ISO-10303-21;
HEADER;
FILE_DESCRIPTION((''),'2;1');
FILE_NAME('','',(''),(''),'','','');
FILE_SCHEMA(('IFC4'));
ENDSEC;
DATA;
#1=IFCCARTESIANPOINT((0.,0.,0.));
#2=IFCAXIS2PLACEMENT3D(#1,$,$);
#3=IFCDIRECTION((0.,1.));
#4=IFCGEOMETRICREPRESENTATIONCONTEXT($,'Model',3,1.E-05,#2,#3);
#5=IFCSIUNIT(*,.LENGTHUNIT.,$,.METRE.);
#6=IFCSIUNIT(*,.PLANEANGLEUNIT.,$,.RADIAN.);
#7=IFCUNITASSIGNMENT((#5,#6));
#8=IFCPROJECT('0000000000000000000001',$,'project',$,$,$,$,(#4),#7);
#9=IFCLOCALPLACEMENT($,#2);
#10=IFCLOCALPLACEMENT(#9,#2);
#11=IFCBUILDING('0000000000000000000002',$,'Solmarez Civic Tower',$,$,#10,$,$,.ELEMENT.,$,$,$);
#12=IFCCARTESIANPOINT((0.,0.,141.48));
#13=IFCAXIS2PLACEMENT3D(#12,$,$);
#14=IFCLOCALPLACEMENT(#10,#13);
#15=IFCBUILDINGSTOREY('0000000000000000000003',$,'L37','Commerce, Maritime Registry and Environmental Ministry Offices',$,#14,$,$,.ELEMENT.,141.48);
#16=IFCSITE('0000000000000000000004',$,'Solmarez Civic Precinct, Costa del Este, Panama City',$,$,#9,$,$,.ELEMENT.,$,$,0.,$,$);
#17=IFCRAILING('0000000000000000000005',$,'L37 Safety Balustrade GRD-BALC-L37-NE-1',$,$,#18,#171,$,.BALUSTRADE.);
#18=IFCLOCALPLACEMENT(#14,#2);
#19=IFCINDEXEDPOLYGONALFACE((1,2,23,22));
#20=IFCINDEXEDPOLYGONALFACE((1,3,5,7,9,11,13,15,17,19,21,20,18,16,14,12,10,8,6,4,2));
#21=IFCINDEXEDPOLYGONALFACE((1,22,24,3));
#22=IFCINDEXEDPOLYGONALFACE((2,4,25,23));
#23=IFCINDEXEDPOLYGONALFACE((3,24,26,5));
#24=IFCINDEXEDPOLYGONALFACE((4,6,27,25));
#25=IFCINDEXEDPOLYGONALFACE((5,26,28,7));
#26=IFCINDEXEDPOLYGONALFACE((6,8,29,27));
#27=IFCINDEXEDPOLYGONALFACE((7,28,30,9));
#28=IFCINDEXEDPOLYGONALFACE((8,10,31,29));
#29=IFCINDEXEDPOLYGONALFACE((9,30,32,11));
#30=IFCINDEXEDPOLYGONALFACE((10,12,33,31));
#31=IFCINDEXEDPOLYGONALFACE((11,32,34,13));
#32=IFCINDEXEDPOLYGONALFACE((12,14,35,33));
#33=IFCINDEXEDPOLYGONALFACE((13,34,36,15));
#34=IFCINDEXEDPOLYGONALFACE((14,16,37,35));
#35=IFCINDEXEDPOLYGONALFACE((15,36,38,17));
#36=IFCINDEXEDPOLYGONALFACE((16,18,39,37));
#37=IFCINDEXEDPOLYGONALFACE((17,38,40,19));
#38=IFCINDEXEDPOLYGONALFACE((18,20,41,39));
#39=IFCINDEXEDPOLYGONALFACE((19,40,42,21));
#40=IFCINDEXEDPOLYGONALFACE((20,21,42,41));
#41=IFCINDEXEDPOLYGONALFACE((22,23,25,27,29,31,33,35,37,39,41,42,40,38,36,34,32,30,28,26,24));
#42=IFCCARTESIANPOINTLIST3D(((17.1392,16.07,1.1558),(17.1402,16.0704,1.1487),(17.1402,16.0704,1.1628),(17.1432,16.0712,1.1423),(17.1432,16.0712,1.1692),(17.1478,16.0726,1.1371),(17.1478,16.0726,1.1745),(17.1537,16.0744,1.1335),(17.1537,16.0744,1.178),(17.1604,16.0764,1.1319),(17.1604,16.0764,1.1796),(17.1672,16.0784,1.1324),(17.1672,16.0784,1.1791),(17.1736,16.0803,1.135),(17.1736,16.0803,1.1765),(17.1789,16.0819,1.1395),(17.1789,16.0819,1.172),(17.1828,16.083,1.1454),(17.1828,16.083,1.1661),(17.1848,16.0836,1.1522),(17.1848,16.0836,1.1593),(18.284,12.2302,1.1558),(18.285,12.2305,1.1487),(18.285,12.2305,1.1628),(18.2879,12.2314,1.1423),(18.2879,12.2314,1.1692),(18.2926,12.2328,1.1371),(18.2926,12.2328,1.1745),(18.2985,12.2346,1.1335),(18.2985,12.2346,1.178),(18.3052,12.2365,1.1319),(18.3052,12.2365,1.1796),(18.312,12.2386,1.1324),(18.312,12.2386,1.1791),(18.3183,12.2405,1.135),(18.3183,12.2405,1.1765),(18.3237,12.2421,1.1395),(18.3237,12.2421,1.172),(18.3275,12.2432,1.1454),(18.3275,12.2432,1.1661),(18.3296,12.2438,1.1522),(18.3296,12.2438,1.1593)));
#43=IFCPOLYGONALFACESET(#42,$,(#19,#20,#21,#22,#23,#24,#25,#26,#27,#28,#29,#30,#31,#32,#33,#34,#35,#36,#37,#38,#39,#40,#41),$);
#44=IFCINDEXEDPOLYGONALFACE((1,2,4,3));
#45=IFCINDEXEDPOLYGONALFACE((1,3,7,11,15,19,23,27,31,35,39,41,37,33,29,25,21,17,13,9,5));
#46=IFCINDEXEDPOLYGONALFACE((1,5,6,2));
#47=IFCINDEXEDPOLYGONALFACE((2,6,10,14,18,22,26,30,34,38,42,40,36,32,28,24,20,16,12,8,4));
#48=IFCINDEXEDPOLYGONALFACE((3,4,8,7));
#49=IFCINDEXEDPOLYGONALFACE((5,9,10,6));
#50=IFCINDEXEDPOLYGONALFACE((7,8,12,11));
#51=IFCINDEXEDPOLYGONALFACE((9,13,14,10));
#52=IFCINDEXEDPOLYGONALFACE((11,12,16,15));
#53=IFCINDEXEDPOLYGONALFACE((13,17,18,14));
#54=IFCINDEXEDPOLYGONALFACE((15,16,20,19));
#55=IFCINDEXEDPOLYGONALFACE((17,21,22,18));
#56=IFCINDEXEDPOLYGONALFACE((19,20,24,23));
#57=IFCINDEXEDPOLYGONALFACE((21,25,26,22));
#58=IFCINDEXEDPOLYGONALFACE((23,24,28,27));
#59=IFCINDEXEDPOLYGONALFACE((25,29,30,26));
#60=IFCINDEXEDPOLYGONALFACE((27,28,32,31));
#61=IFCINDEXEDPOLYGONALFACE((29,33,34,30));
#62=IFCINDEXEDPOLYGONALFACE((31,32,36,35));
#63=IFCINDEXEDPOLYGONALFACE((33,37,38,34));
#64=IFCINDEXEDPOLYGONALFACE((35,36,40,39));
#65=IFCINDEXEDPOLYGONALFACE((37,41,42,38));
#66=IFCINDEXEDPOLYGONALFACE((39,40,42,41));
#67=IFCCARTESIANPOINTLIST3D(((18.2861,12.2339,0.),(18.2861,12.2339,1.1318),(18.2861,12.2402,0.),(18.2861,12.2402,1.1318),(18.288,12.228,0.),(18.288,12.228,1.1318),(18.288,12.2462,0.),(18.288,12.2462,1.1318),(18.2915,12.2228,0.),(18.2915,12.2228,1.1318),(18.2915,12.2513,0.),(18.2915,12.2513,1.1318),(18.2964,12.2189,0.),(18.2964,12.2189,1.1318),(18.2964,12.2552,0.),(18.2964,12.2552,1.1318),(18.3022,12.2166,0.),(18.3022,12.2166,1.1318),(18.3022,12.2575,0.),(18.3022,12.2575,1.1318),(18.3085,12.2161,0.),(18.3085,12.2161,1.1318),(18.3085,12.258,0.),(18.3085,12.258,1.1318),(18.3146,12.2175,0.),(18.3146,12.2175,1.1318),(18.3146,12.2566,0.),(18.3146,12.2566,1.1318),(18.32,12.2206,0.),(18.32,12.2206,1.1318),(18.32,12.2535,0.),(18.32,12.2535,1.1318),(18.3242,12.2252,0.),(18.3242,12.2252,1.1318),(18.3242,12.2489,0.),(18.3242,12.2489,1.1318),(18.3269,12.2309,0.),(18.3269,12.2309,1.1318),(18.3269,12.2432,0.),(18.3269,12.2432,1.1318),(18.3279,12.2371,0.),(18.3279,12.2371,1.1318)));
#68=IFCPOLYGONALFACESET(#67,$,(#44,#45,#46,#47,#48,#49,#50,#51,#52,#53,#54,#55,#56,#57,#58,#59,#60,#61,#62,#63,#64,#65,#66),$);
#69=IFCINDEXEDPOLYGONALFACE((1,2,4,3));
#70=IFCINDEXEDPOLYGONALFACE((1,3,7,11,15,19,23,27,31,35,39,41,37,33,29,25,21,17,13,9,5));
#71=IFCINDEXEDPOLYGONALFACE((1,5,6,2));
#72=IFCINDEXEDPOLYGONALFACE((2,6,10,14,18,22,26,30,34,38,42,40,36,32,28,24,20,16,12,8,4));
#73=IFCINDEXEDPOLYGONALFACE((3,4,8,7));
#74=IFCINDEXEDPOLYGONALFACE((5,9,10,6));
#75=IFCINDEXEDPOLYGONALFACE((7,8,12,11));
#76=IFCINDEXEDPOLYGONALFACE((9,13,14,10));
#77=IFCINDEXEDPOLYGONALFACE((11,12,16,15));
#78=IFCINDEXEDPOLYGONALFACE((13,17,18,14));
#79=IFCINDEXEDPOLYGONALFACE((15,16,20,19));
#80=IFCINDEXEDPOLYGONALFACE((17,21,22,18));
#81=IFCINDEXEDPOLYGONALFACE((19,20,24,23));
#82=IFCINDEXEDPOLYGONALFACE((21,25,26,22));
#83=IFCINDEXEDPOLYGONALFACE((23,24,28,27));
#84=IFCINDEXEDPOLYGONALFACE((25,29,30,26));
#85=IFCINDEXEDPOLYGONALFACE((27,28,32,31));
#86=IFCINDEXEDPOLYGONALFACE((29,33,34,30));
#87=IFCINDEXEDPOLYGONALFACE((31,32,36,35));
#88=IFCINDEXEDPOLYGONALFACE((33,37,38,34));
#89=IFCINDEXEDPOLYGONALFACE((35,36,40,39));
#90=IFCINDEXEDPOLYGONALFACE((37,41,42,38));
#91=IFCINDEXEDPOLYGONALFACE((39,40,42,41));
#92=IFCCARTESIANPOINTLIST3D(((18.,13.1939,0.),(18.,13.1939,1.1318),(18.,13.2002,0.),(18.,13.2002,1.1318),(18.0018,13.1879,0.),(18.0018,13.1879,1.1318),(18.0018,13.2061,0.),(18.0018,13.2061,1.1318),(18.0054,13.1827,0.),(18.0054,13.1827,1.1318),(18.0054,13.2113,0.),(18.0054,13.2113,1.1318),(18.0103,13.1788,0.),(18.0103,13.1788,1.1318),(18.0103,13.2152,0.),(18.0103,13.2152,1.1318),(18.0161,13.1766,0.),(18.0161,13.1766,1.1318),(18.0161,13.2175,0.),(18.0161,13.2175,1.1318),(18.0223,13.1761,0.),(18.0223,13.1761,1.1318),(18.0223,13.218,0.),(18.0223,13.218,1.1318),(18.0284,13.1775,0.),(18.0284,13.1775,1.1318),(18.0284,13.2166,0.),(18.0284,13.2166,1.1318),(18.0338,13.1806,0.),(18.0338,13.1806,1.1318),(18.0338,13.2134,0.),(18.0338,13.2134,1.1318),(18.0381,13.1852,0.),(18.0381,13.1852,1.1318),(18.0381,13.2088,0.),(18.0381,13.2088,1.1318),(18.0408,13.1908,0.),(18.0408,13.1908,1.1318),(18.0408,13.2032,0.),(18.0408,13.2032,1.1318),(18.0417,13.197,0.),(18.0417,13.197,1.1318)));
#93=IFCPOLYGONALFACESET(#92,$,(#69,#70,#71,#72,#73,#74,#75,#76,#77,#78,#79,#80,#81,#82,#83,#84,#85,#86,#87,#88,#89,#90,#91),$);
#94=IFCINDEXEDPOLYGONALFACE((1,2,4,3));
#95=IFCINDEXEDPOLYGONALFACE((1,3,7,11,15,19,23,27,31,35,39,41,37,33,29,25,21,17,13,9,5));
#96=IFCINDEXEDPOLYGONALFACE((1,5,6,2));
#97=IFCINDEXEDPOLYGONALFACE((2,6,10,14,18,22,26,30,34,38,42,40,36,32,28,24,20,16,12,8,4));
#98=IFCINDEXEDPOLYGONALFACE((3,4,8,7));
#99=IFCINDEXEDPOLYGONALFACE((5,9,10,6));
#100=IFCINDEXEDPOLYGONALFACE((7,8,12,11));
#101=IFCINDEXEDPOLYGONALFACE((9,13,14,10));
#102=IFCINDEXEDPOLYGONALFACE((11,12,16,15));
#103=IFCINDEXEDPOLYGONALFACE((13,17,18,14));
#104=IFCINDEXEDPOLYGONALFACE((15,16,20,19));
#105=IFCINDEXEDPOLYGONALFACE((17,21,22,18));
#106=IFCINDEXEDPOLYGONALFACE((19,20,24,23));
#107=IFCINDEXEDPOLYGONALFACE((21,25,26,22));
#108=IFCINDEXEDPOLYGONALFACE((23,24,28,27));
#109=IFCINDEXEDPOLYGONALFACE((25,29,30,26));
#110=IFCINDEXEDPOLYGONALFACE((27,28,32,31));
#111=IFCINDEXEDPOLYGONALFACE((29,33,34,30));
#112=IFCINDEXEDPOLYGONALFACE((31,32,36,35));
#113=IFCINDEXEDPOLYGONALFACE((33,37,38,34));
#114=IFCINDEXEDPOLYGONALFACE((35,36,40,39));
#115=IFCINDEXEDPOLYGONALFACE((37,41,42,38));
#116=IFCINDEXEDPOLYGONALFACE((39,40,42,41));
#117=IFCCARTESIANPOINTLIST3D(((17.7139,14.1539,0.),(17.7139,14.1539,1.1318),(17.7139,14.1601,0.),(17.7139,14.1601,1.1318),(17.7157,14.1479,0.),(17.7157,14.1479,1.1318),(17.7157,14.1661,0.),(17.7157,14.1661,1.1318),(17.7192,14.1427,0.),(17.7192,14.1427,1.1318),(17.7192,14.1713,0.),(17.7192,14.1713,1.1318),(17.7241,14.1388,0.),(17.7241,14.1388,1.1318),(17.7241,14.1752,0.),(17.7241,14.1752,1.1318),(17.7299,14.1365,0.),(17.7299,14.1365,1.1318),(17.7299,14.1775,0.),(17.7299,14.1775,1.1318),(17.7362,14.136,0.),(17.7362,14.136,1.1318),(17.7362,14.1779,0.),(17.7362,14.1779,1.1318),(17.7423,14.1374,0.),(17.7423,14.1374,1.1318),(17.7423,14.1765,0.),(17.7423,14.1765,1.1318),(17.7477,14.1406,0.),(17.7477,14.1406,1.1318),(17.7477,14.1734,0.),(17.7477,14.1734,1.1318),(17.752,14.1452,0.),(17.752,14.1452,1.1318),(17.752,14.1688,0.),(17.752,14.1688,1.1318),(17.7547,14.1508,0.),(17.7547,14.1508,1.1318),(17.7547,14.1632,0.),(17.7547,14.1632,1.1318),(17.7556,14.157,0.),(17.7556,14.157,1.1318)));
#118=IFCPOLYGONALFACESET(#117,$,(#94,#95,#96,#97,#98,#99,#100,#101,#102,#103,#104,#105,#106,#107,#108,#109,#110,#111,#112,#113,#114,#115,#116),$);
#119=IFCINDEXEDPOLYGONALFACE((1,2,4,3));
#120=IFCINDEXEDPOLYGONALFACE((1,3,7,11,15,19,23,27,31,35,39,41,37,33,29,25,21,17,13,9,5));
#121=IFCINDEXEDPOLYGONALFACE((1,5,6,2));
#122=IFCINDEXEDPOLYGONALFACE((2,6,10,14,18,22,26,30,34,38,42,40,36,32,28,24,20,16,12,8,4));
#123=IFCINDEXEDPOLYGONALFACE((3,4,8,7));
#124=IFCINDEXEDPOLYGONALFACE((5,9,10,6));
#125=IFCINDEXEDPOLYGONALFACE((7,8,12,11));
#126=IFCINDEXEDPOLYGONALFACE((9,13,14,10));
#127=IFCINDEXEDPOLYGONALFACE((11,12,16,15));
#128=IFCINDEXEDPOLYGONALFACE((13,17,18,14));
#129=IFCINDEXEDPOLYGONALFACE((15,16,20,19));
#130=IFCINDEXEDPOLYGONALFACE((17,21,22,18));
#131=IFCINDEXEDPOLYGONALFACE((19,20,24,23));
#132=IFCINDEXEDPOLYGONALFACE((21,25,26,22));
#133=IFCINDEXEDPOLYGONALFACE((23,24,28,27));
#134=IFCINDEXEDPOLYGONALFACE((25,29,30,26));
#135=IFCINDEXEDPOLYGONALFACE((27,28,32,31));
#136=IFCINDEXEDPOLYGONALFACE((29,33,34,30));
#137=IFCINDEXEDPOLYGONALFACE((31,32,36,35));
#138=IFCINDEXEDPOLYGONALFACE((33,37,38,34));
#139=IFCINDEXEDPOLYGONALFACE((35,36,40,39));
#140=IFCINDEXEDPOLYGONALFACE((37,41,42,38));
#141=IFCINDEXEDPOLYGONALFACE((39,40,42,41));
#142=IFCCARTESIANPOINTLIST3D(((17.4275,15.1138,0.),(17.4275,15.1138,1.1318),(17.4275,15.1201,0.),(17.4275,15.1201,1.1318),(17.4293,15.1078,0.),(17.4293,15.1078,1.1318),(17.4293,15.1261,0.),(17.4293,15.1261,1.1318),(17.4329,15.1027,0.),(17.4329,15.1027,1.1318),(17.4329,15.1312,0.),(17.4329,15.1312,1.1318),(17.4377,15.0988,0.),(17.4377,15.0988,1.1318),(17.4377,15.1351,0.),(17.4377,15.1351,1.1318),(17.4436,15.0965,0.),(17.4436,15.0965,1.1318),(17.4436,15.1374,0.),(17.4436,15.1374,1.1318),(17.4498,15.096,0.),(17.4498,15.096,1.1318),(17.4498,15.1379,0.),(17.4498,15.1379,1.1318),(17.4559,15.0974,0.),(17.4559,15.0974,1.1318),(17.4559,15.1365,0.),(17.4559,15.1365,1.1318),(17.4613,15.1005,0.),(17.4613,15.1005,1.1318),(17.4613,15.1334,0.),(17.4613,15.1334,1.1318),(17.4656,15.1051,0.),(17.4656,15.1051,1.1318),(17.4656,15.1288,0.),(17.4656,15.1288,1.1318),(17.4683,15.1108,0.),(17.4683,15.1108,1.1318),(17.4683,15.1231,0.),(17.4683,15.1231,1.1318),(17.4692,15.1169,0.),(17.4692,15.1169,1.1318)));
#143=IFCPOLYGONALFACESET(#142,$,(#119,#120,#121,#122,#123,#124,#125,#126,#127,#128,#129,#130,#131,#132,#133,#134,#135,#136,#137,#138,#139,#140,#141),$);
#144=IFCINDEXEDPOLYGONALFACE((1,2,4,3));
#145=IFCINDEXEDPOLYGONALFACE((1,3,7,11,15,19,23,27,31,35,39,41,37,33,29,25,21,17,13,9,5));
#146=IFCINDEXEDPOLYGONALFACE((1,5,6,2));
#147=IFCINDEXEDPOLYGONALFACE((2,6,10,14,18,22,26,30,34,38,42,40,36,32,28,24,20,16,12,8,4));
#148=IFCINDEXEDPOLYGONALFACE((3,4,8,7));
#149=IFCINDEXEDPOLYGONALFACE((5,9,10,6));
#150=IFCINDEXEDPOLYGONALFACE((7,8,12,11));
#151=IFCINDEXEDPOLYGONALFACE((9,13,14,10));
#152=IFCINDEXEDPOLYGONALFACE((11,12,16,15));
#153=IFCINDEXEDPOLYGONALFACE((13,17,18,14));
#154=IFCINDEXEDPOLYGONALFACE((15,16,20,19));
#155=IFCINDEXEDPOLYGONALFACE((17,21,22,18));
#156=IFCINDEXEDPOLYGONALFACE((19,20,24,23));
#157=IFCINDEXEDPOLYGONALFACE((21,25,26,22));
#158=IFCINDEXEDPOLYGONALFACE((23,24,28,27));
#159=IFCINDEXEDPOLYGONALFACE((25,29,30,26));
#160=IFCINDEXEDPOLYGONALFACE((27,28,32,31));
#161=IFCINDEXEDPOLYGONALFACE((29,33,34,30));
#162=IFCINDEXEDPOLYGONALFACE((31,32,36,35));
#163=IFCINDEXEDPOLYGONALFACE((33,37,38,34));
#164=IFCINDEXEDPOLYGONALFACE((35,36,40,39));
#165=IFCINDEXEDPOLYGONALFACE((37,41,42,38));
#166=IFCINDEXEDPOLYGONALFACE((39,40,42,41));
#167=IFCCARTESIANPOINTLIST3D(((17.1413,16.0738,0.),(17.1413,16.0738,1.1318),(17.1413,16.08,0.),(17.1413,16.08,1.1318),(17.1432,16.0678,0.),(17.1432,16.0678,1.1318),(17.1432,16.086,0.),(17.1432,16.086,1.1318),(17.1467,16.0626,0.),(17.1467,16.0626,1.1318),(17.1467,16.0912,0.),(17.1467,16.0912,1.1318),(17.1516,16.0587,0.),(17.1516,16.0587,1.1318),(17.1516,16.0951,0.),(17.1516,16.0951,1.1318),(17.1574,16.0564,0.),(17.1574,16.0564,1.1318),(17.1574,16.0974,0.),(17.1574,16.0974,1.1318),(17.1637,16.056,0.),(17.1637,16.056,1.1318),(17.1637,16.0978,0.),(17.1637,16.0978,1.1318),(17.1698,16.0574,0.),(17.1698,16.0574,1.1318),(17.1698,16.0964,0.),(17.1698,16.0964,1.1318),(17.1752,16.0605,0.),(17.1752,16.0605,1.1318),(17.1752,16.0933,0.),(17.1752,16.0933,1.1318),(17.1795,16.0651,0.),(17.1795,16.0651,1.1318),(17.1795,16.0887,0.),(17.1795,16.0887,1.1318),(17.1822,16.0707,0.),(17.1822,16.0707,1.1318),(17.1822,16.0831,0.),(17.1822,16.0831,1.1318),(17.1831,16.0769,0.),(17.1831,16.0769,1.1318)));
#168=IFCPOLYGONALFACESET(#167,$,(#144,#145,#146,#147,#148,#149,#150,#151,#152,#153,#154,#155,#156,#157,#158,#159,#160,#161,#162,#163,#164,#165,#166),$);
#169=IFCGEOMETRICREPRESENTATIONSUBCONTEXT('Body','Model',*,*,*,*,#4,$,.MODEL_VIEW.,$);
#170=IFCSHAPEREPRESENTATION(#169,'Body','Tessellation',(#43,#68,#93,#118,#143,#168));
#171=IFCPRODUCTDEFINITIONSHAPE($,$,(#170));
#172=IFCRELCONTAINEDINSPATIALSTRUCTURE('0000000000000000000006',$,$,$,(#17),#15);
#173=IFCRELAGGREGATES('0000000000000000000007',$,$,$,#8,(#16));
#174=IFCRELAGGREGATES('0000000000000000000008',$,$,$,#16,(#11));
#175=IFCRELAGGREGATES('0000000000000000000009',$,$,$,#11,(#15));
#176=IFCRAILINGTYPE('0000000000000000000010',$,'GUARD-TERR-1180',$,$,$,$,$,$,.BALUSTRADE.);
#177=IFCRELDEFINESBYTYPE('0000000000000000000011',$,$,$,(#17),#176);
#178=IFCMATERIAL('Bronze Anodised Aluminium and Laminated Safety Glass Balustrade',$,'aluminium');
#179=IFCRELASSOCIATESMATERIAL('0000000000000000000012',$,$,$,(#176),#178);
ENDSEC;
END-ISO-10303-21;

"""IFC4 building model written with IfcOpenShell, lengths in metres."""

from ifc_helpers import new_model, si_unit, direction, frame, origin, origin_2d, place, context, subcontext, project, spatial, circle, extrude, material, type_object, element, save


model = new_model("IFC4")

# Units and contexts
model_context = context("Model", 3, precision=1e-05, world=origin(), true_north=direction((0.0, 1.0)))
body_context = subcontext(model_context, "Body", "Model", "MODEL_VIEW")
ifc_project = project(units=[si_unit("LENGTHUNIT", "METRE"), si_unit("PLANEANGLEUNIT", "RADIAN")], contexts=[model_context])

# Site, building, storey
site_placement = place(None, origin())
site = spatial("IfcSite", under=ifc_project, at=site_placement, Name="Solmarez Civic Precinct, Costa del Este, Panama City", CompositionType="ELEMENT", RefElevation=0.0)
building_placement = place(site_placement, origin())
building = spatial("IfcBuilding", under=site, at=building_placement, Name="Solmarez Civic Tower", CompositionType="ELEMENT")
storey_placement = place(building_placement, frame((0.0, 0.0, 141.48)))
storey = spatial("IfcBuildingStorey", under=building, at=storey_placement, Name="L37", Description="Commerce, Maritime Registry and Environmental Ministry Offices", CompositionType="ELEMENT", Elevation=141.48)

# Railing
ifc_material_1 = material(Name="Bronze Anodised Aluminium and Laminated Safety Glass Balustrade", Category="aluminium")
railing_type = type_object("IfcRailingType", Name="GUARD-TERR-1180", PredefinedType="BALUSTRADE", material=ifc_material_1)
railing_1_placement = place(storey_placement, frame((18.3069, 12.2371, 0.0)))
element("IfcRailing", 1, at=railing_1_placement, inside=storey, type_object=railing_type, Name="L37 Safety Balustrade GRD-BALC-L37-NE-1", PredefinedType="BALUSTRADE", context=body_context, shape_type="SweptSolid", body=[
    extrude(circle(Radius=0.0239, at=origin_2d()), frame((0.0, 0.0, 1.1558), z_axis=(-0.285704, 0.958318, 0.0), x_axis=(-0.958318, -0.285704, 0.0)), (0.0, 0.0, 1.0), 4.0068),
    extrude(circle(Radius=0.021, at=origin_2d()), origin(), (0.0, 0.0, 1.0), 1.1318),
    extrude(circle(Radius=0.021, at=origin_2d()), frame((-0.2861, 0.96, 0.0)), (0.0, 0.0, 1.0), 1.1318),
    extrude(circle(Radius=0.021, at=origin_2d()), frame((-0.5723, 1.9199, 0.0)), (0.0, 0.0, 1.0), 1.1318),
    extrude(circle(Radius=0.021, at=origin_2d()), frame((-0.8586, 2.8799, 0.0)), (0.0, 0.0, 1.0), 1.1318),
    extrude(circle(Radius=0.021, at=origin_2d()), frame((-1.1448, 3.8398, 0.0)), (0.0, 0.0, 1.0), 1.1318),
])

save(model, "model.ifc")
